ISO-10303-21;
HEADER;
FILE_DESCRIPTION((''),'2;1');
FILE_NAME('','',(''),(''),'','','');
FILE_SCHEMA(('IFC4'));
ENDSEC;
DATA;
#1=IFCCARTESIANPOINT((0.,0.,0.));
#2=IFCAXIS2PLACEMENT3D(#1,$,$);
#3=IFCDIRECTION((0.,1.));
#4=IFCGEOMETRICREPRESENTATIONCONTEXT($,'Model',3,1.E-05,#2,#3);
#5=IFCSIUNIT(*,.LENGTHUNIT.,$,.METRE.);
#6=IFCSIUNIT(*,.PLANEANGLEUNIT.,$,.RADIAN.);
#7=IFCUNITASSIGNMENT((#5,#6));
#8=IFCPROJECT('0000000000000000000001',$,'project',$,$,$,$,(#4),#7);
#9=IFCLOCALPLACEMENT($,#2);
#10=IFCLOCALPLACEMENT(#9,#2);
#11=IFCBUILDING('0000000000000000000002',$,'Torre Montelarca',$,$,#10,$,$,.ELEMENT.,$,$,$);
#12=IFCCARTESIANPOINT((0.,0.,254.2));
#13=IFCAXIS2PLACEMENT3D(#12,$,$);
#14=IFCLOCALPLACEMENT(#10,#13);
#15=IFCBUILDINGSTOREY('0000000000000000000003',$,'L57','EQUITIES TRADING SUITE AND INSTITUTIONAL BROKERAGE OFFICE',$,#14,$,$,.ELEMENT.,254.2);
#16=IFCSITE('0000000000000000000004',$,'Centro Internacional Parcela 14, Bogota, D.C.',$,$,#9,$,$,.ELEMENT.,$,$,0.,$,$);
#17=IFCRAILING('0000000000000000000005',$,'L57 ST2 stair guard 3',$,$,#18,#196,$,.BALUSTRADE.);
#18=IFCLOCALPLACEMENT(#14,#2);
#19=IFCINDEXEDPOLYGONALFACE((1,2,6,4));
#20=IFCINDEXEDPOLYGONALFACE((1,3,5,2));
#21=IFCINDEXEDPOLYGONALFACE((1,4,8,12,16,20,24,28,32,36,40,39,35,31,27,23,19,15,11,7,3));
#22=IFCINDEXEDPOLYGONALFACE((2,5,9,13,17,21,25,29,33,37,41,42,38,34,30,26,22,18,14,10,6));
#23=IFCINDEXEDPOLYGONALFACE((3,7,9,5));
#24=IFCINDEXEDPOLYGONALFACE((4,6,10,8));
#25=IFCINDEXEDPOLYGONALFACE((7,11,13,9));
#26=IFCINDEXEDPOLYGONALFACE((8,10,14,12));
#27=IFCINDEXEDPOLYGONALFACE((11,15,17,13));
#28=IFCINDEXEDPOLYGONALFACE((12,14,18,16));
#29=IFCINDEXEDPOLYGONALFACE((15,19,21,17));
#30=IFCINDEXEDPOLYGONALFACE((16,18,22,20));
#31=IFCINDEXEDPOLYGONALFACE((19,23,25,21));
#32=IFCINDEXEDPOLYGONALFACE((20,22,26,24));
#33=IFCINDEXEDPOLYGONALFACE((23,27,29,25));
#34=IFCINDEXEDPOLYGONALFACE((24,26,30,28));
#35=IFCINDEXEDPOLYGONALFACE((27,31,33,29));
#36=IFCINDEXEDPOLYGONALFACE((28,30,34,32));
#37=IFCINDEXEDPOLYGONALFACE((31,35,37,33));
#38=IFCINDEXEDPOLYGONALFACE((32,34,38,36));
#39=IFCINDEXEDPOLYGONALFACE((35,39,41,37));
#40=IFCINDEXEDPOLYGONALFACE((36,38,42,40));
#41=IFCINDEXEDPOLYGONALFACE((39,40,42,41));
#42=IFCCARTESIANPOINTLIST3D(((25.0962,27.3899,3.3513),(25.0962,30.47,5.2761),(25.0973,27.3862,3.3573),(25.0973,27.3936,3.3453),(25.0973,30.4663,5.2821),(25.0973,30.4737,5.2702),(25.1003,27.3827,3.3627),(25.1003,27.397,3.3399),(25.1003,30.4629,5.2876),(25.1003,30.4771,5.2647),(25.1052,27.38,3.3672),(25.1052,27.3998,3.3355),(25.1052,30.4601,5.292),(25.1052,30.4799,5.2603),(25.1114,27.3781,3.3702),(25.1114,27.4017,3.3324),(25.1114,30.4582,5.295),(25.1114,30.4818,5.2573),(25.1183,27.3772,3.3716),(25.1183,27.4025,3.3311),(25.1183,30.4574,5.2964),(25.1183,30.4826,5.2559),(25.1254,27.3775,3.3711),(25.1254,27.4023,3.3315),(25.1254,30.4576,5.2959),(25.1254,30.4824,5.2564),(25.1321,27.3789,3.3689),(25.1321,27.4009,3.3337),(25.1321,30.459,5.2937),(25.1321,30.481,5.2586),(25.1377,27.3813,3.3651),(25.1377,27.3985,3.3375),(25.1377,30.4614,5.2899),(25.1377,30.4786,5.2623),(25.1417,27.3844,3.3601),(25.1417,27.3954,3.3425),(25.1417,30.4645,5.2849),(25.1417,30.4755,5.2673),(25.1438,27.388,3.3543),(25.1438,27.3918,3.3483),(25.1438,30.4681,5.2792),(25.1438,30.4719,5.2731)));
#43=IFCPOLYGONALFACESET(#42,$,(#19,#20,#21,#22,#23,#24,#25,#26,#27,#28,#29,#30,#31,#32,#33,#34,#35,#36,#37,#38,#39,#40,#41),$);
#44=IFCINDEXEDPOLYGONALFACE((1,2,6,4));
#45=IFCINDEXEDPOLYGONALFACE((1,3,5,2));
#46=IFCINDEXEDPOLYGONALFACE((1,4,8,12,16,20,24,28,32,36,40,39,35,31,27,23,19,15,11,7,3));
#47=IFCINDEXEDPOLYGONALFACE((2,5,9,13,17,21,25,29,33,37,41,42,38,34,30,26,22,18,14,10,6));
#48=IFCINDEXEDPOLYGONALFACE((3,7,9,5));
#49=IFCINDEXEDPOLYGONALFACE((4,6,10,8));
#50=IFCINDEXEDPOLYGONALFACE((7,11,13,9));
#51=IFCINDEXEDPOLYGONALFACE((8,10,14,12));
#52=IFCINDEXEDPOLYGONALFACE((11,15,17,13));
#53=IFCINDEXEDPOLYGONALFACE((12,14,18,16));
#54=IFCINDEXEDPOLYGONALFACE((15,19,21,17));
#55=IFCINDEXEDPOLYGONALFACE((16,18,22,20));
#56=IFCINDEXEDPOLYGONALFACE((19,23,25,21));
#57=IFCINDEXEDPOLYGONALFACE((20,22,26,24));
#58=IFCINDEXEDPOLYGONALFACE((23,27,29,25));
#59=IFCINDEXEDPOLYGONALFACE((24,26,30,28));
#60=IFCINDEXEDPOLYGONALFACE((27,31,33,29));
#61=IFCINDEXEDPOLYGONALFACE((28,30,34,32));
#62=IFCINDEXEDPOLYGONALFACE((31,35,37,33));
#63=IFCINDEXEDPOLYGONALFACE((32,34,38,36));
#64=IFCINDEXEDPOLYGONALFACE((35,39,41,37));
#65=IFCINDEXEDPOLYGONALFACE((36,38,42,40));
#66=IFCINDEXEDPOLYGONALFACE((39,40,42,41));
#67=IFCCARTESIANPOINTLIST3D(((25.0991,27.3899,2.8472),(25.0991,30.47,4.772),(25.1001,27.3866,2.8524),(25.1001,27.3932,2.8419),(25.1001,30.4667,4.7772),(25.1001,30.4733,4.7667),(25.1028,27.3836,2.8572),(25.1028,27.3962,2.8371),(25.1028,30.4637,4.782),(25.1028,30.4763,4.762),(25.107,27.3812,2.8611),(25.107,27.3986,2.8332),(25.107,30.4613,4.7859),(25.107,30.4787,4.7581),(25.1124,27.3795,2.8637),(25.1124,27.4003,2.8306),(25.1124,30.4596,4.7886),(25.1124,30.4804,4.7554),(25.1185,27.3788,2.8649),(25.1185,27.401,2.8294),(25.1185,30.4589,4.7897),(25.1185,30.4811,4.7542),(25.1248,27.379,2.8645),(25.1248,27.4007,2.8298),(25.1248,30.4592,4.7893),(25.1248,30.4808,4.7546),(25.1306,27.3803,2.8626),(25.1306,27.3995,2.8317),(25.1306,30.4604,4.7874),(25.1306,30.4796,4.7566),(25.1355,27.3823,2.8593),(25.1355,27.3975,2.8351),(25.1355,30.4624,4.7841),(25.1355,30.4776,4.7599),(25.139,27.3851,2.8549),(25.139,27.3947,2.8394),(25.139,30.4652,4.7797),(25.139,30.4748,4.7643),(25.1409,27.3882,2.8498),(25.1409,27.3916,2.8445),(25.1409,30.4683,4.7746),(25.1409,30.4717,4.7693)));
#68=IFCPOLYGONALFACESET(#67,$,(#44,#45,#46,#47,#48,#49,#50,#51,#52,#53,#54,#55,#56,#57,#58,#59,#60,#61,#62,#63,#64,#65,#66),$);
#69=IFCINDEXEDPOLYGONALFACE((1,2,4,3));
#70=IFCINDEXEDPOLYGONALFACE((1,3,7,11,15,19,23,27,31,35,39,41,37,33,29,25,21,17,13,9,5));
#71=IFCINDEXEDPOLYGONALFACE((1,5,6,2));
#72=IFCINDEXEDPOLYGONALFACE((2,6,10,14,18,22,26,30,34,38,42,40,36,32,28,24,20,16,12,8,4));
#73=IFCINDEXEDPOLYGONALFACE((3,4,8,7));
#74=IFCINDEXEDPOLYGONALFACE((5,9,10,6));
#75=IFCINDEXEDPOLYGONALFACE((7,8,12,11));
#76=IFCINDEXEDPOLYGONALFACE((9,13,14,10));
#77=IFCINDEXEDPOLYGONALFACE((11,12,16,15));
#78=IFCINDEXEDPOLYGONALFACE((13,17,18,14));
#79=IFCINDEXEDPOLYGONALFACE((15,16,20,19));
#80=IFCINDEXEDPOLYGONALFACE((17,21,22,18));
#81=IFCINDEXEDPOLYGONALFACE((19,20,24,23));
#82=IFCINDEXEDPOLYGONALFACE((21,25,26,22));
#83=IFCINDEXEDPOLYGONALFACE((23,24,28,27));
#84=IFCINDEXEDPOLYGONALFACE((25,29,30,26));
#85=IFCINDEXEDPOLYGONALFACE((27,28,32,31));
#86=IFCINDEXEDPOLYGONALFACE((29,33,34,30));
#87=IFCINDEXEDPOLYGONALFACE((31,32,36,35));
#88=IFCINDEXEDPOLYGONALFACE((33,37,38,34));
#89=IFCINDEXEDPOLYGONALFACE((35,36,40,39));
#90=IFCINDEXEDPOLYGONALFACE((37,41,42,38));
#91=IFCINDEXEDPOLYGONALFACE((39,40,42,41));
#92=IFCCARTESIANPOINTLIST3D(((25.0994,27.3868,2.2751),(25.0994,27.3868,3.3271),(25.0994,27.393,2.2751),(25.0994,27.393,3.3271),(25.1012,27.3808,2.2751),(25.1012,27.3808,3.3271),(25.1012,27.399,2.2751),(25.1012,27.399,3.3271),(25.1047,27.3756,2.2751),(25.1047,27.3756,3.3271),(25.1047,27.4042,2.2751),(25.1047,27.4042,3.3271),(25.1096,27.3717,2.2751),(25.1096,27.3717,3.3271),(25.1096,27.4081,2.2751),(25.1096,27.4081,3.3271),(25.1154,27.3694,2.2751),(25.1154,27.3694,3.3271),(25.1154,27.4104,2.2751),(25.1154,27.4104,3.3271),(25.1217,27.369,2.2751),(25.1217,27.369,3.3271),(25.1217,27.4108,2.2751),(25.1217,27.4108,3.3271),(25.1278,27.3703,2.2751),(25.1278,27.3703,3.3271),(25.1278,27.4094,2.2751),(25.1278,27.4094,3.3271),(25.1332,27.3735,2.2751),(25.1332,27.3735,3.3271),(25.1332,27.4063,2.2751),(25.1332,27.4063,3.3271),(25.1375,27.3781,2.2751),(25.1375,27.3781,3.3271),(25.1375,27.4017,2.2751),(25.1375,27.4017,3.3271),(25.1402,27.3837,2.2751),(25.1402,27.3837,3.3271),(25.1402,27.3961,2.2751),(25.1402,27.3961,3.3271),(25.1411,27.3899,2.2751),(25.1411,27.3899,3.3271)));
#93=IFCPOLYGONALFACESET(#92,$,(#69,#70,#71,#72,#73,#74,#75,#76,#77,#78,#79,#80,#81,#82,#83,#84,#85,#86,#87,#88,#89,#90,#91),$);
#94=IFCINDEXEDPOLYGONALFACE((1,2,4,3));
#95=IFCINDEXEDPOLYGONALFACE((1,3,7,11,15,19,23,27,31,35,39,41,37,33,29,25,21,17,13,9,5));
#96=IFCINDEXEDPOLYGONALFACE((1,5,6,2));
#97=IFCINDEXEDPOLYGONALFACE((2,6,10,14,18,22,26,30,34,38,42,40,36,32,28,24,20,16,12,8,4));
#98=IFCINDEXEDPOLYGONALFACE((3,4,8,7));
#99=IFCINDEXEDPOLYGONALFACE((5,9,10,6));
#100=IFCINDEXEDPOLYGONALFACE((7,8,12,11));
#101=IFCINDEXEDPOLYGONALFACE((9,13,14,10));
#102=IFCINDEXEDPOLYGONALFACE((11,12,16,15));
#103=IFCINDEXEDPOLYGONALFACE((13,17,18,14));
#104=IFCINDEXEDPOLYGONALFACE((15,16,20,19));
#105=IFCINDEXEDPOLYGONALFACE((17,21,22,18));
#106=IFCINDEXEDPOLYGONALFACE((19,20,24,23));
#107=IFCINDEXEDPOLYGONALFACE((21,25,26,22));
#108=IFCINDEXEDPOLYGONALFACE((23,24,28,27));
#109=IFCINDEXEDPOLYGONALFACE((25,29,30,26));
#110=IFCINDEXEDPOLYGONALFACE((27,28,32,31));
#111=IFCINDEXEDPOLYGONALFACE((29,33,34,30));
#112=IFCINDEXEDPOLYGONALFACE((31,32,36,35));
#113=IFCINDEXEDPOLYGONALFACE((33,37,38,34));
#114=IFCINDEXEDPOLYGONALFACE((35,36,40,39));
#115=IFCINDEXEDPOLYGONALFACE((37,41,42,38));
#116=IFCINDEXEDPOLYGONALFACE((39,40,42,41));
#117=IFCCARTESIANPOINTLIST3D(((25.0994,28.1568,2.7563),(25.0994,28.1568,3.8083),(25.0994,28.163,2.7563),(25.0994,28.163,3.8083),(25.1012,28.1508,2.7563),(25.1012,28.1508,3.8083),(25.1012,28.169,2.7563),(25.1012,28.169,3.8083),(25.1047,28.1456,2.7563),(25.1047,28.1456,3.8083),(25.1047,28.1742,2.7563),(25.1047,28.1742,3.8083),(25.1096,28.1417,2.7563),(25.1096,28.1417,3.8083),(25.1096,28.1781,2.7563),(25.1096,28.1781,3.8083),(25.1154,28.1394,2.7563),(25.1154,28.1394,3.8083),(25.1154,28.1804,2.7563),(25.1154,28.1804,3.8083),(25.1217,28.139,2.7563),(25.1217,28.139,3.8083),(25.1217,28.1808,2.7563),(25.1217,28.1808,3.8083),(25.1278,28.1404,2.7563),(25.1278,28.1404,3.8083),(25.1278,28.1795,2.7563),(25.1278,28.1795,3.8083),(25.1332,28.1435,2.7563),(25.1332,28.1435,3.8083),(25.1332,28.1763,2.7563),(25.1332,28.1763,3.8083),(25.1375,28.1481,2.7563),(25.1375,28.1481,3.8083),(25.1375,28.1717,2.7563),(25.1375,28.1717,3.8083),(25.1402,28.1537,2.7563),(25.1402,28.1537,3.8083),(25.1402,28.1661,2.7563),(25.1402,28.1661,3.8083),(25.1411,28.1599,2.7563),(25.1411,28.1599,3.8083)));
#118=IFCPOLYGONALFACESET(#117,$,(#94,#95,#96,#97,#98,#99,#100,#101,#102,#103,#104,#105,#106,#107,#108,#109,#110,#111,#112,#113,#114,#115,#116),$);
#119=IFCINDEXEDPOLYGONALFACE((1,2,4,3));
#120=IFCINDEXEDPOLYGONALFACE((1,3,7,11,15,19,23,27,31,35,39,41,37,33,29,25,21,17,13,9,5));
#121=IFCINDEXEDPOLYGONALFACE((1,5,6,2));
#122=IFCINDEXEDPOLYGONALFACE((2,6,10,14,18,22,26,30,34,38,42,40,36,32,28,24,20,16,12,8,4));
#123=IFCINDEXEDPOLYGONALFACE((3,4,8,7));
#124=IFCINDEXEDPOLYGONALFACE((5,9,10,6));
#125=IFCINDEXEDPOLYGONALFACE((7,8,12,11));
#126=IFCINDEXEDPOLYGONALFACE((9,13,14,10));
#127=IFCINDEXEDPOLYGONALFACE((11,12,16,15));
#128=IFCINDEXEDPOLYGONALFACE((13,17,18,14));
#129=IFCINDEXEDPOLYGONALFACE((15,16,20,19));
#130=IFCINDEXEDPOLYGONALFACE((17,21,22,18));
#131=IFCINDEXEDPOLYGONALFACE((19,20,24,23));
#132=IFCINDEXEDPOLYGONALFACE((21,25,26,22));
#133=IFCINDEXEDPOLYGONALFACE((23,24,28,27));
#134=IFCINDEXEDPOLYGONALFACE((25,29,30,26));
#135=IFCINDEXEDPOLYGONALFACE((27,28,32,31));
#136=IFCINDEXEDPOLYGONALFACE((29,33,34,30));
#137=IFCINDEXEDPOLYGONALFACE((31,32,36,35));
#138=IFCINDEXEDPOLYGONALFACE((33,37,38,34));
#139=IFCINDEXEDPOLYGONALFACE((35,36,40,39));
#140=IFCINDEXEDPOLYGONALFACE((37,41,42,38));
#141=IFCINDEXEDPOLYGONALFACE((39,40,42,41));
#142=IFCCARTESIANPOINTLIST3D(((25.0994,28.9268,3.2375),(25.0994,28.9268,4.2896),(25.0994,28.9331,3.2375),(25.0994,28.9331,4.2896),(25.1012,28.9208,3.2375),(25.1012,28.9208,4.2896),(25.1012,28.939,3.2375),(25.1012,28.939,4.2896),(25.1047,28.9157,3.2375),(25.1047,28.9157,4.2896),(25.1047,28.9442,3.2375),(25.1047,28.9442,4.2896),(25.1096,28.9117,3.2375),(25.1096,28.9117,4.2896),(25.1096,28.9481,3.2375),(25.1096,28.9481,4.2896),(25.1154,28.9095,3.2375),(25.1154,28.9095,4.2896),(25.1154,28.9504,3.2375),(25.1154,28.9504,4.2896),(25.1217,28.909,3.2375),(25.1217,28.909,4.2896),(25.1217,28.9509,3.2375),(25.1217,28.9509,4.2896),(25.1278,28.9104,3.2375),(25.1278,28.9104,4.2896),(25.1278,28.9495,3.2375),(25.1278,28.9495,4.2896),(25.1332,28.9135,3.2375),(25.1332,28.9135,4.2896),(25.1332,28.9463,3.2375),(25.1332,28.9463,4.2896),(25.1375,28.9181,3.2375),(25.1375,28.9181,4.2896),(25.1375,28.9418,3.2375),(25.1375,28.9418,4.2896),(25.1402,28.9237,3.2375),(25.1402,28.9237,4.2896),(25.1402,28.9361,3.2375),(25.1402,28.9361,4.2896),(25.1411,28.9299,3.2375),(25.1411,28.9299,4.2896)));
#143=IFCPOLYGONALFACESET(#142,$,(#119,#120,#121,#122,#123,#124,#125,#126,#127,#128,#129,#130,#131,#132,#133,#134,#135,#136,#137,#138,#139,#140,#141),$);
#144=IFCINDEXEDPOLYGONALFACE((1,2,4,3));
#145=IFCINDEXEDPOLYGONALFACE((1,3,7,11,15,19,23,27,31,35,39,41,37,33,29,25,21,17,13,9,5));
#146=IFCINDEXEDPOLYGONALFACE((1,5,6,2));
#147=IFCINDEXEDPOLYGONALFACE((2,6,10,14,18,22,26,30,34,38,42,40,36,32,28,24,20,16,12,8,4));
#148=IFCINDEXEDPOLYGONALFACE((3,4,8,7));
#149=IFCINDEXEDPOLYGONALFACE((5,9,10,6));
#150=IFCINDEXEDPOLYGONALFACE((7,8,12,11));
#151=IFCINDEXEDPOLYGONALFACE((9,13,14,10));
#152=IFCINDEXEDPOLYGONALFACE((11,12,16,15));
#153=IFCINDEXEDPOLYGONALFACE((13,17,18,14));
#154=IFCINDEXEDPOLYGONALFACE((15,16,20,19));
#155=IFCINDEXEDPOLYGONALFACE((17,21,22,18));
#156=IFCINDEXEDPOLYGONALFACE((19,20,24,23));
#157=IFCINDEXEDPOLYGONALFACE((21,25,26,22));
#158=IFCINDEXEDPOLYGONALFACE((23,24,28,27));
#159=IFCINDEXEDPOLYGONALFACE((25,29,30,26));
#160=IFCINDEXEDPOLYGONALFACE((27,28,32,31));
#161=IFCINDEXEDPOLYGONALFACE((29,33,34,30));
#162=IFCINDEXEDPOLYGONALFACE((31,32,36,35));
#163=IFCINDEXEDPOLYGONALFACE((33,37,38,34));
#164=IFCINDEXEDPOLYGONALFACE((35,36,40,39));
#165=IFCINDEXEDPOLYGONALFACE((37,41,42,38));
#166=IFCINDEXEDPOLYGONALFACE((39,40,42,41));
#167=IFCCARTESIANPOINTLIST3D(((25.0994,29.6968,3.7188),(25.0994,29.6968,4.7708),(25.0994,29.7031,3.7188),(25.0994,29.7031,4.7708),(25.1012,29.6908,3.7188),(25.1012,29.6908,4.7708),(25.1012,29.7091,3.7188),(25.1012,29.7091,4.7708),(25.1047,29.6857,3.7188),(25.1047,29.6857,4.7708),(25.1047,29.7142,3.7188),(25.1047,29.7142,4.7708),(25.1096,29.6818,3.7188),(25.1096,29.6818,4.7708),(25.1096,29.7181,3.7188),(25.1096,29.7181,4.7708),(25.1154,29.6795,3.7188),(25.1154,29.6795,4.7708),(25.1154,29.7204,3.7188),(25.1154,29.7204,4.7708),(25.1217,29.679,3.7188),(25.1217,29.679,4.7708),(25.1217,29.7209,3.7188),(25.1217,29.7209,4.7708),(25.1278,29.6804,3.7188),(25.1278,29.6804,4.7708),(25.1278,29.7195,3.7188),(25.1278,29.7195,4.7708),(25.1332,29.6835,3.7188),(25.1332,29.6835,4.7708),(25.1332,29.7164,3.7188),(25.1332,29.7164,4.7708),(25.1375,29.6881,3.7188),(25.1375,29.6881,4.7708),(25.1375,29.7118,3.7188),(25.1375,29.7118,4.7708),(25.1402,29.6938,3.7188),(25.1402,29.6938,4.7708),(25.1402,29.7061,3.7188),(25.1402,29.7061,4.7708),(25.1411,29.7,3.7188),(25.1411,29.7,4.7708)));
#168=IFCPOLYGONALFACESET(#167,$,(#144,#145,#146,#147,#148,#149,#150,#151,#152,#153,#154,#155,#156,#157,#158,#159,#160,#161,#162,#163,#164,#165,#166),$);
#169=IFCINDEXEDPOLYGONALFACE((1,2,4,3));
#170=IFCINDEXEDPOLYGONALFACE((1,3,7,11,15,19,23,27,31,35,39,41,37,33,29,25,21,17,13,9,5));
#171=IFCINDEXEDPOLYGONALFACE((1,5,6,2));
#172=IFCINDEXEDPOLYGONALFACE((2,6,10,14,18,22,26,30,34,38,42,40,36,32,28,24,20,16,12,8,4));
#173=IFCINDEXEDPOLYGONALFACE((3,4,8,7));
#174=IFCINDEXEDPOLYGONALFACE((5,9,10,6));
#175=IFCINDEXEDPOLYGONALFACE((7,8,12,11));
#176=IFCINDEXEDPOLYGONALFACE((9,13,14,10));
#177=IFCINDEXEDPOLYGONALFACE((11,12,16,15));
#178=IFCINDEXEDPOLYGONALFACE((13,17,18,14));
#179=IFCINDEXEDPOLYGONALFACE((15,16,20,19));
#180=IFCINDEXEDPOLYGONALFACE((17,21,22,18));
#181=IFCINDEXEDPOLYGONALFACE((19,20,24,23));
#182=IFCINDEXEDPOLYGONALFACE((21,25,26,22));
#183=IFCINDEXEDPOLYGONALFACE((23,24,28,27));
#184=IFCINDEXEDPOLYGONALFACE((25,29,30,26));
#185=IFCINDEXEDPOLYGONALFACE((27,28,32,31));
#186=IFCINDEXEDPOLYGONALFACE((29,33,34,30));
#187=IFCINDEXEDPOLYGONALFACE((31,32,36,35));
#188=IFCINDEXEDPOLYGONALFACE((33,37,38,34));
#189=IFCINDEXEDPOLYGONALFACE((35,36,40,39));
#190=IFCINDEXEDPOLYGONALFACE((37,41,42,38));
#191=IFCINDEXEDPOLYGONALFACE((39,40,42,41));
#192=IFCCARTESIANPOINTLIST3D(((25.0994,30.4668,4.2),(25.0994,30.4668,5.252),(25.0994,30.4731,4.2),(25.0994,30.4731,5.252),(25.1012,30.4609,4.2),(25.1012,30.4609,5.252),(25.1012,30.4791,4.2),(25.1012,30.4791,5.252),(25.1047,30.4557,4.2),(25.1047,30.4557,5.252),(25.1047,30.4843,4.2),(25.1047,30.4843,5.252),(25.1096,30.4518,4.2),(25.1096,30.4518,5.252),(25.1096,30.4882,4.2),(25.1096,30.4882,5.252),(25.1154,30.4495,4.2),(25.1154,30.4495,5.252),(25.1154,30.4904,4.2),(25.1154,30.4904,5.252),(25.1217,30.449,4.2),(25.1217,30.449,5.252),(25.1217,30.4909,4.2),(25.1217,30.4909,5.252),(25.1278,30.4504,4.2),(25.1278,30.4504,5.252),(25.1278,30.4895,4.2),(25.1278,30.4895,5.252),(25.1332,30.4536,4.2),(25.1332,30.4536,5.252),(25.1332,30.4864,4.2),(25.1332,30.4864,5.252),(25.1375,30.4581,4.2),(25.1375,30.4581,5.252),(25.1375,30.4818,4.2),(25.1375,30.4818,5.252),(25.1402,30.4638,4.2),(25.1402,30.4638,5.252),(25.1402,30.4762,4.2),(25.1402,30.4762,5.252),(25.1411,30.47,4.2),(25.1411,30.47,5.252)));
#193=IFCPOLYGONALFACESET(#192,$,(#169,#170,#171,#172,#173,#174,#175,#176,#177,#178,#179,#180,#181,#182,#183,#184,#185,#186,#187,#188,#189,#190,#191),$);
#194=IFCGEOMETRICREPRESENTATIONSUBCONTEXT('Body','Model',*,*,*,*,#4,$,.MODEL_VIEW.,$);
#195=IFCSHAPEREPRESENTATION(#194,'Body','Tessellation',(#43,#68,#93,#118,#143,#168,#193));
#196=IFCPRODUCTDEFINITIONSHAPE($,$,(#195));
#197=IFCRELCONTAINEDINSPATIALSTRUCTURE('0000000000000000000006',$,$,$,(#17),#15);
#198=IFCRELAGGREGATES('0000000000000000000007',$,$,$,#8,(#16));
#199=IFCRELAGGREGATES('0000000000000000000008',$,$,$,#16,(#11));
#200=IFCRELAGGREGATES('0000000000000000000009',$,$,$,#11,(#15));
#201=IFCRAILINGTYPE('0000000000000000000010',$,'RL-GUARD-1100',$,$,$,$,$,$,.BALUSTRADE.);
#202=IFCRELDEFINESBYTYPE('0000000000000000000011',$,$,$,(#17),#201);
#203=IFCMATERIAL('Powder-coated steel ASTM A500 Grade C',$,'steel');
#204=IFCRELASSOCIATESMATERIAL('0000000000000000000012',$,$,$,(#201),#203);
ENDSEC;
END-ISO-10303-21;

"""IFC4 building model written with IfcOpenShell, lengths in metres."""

from ifc_helpers import new_model, si_unit, direction, frame, origin, origin_2d, place, context, subcontext, project, spatial, circle, extrude, material, type_object, element, save


model = new_model("IFC4")

# Units and contexts
model_context = context("Model", 3, precision=1e-05, world=origin(), true_north=direction((0.0, 1.0)))
body_context = subcontext(model_context, "Body", "Model", "MODEL_VIEW")
ifc_project = project(units=[si_unit("LENGTHUNIT", "METRE"), si_unit("PLANEANGLEUNIT", "RADIAN")], contexts=[model_context])

# Site, building, storey
site_placement = place(None, origin())
site = spatial("IfcSite", under=ifc_project, at=site_placement, Name="Centro Internacional Parcela 14, Bogota, D.C.", CompositionType="ELEMENT", RefElevation=0.0)
building_placement = place(site_placement, origin())
building = spatial("IfcBuilding", under=site, at=building_placement, Name="Torre Montelarca", CompositionType="ELEMENT")
storey_placement = place(building_placement, frame((0.0, 0.0, 254.2)))
storey = spatial("IfcBuildingStorey", under=building, at=storey_placement, Name="L57", Description="EQUITIES TRADING SUITE AND INSTITUTIONAL BROKERAGE OFFICE", CompositionType="ELEMENT", Elevation=254.2)

# Railing
ifc_material_1 = material(Name="Powder-coated steel ASTM A500 Grade C", Category="steel")
railing_type_1 = type_object("IfcRailingType", Name="RL-GUARD-1100", PredefinedType="BALUSTRADE", material=ifc_material_1)
railing_1_placement = place(storey_placement, frame((25.1201, 27.3899, 2.2751)))
element("IfcRailing", 1, at=railing_1_placement, inside=storey, type_object=railing_type_1, Name="L57 ST2 stair guard 3", PredefinedType="BALUSTRADE", context=body_context, shape_type="SweptSolid", body=[
    extrude(circle(Radius=0.0239, at=origin_2d()), frame((0.0, 0.0, 1.0762), z_axis=(0.0, 0.848029, 0.529951), x_axis=(-1.0, 0.0, 0.0)), (0.0, 0.0, 1.0), 3.6321),
    extrude(circle(Radius=0.021, at=origin_2d()), frame((0.0, 0.0, 0.572), z_axis=(0.0, 0.848029, 0.529951), x_axis=(-1.0, 0.0, 0.0)), (0.0, 0.0, 1.0), 3.6321),
    extrude(circle(Radius=0.021, at=origin_2d()), origin(), (0.0, 0.0, 1.0), 1.052),
    extrude(circle(Radius=0.021, at=origin_2d()), frame((0.0, 0.77, 0.4812)), (0.0, 0.0, 1.0), 1.052),
    extrude(circle(Radius=0.021, at=origin_2d()), frame((0.0, 1.54, 0.9624)), (0.0, 0.0, 1.0), 1.052),
    extrude(circle(Radius=0.021, at=origin_2d()), frame((0.0, 2.3101, 1.4436)), (0.0, 0.0, 1.0), 1.052),
    extrude(circle(Radius=0.021, at=origin_2d()), frame((0.0, 3.0801, 1.9248)), (0.0, 0.0, 1.0), 1.052),
])

save(model, "model.ifc")
